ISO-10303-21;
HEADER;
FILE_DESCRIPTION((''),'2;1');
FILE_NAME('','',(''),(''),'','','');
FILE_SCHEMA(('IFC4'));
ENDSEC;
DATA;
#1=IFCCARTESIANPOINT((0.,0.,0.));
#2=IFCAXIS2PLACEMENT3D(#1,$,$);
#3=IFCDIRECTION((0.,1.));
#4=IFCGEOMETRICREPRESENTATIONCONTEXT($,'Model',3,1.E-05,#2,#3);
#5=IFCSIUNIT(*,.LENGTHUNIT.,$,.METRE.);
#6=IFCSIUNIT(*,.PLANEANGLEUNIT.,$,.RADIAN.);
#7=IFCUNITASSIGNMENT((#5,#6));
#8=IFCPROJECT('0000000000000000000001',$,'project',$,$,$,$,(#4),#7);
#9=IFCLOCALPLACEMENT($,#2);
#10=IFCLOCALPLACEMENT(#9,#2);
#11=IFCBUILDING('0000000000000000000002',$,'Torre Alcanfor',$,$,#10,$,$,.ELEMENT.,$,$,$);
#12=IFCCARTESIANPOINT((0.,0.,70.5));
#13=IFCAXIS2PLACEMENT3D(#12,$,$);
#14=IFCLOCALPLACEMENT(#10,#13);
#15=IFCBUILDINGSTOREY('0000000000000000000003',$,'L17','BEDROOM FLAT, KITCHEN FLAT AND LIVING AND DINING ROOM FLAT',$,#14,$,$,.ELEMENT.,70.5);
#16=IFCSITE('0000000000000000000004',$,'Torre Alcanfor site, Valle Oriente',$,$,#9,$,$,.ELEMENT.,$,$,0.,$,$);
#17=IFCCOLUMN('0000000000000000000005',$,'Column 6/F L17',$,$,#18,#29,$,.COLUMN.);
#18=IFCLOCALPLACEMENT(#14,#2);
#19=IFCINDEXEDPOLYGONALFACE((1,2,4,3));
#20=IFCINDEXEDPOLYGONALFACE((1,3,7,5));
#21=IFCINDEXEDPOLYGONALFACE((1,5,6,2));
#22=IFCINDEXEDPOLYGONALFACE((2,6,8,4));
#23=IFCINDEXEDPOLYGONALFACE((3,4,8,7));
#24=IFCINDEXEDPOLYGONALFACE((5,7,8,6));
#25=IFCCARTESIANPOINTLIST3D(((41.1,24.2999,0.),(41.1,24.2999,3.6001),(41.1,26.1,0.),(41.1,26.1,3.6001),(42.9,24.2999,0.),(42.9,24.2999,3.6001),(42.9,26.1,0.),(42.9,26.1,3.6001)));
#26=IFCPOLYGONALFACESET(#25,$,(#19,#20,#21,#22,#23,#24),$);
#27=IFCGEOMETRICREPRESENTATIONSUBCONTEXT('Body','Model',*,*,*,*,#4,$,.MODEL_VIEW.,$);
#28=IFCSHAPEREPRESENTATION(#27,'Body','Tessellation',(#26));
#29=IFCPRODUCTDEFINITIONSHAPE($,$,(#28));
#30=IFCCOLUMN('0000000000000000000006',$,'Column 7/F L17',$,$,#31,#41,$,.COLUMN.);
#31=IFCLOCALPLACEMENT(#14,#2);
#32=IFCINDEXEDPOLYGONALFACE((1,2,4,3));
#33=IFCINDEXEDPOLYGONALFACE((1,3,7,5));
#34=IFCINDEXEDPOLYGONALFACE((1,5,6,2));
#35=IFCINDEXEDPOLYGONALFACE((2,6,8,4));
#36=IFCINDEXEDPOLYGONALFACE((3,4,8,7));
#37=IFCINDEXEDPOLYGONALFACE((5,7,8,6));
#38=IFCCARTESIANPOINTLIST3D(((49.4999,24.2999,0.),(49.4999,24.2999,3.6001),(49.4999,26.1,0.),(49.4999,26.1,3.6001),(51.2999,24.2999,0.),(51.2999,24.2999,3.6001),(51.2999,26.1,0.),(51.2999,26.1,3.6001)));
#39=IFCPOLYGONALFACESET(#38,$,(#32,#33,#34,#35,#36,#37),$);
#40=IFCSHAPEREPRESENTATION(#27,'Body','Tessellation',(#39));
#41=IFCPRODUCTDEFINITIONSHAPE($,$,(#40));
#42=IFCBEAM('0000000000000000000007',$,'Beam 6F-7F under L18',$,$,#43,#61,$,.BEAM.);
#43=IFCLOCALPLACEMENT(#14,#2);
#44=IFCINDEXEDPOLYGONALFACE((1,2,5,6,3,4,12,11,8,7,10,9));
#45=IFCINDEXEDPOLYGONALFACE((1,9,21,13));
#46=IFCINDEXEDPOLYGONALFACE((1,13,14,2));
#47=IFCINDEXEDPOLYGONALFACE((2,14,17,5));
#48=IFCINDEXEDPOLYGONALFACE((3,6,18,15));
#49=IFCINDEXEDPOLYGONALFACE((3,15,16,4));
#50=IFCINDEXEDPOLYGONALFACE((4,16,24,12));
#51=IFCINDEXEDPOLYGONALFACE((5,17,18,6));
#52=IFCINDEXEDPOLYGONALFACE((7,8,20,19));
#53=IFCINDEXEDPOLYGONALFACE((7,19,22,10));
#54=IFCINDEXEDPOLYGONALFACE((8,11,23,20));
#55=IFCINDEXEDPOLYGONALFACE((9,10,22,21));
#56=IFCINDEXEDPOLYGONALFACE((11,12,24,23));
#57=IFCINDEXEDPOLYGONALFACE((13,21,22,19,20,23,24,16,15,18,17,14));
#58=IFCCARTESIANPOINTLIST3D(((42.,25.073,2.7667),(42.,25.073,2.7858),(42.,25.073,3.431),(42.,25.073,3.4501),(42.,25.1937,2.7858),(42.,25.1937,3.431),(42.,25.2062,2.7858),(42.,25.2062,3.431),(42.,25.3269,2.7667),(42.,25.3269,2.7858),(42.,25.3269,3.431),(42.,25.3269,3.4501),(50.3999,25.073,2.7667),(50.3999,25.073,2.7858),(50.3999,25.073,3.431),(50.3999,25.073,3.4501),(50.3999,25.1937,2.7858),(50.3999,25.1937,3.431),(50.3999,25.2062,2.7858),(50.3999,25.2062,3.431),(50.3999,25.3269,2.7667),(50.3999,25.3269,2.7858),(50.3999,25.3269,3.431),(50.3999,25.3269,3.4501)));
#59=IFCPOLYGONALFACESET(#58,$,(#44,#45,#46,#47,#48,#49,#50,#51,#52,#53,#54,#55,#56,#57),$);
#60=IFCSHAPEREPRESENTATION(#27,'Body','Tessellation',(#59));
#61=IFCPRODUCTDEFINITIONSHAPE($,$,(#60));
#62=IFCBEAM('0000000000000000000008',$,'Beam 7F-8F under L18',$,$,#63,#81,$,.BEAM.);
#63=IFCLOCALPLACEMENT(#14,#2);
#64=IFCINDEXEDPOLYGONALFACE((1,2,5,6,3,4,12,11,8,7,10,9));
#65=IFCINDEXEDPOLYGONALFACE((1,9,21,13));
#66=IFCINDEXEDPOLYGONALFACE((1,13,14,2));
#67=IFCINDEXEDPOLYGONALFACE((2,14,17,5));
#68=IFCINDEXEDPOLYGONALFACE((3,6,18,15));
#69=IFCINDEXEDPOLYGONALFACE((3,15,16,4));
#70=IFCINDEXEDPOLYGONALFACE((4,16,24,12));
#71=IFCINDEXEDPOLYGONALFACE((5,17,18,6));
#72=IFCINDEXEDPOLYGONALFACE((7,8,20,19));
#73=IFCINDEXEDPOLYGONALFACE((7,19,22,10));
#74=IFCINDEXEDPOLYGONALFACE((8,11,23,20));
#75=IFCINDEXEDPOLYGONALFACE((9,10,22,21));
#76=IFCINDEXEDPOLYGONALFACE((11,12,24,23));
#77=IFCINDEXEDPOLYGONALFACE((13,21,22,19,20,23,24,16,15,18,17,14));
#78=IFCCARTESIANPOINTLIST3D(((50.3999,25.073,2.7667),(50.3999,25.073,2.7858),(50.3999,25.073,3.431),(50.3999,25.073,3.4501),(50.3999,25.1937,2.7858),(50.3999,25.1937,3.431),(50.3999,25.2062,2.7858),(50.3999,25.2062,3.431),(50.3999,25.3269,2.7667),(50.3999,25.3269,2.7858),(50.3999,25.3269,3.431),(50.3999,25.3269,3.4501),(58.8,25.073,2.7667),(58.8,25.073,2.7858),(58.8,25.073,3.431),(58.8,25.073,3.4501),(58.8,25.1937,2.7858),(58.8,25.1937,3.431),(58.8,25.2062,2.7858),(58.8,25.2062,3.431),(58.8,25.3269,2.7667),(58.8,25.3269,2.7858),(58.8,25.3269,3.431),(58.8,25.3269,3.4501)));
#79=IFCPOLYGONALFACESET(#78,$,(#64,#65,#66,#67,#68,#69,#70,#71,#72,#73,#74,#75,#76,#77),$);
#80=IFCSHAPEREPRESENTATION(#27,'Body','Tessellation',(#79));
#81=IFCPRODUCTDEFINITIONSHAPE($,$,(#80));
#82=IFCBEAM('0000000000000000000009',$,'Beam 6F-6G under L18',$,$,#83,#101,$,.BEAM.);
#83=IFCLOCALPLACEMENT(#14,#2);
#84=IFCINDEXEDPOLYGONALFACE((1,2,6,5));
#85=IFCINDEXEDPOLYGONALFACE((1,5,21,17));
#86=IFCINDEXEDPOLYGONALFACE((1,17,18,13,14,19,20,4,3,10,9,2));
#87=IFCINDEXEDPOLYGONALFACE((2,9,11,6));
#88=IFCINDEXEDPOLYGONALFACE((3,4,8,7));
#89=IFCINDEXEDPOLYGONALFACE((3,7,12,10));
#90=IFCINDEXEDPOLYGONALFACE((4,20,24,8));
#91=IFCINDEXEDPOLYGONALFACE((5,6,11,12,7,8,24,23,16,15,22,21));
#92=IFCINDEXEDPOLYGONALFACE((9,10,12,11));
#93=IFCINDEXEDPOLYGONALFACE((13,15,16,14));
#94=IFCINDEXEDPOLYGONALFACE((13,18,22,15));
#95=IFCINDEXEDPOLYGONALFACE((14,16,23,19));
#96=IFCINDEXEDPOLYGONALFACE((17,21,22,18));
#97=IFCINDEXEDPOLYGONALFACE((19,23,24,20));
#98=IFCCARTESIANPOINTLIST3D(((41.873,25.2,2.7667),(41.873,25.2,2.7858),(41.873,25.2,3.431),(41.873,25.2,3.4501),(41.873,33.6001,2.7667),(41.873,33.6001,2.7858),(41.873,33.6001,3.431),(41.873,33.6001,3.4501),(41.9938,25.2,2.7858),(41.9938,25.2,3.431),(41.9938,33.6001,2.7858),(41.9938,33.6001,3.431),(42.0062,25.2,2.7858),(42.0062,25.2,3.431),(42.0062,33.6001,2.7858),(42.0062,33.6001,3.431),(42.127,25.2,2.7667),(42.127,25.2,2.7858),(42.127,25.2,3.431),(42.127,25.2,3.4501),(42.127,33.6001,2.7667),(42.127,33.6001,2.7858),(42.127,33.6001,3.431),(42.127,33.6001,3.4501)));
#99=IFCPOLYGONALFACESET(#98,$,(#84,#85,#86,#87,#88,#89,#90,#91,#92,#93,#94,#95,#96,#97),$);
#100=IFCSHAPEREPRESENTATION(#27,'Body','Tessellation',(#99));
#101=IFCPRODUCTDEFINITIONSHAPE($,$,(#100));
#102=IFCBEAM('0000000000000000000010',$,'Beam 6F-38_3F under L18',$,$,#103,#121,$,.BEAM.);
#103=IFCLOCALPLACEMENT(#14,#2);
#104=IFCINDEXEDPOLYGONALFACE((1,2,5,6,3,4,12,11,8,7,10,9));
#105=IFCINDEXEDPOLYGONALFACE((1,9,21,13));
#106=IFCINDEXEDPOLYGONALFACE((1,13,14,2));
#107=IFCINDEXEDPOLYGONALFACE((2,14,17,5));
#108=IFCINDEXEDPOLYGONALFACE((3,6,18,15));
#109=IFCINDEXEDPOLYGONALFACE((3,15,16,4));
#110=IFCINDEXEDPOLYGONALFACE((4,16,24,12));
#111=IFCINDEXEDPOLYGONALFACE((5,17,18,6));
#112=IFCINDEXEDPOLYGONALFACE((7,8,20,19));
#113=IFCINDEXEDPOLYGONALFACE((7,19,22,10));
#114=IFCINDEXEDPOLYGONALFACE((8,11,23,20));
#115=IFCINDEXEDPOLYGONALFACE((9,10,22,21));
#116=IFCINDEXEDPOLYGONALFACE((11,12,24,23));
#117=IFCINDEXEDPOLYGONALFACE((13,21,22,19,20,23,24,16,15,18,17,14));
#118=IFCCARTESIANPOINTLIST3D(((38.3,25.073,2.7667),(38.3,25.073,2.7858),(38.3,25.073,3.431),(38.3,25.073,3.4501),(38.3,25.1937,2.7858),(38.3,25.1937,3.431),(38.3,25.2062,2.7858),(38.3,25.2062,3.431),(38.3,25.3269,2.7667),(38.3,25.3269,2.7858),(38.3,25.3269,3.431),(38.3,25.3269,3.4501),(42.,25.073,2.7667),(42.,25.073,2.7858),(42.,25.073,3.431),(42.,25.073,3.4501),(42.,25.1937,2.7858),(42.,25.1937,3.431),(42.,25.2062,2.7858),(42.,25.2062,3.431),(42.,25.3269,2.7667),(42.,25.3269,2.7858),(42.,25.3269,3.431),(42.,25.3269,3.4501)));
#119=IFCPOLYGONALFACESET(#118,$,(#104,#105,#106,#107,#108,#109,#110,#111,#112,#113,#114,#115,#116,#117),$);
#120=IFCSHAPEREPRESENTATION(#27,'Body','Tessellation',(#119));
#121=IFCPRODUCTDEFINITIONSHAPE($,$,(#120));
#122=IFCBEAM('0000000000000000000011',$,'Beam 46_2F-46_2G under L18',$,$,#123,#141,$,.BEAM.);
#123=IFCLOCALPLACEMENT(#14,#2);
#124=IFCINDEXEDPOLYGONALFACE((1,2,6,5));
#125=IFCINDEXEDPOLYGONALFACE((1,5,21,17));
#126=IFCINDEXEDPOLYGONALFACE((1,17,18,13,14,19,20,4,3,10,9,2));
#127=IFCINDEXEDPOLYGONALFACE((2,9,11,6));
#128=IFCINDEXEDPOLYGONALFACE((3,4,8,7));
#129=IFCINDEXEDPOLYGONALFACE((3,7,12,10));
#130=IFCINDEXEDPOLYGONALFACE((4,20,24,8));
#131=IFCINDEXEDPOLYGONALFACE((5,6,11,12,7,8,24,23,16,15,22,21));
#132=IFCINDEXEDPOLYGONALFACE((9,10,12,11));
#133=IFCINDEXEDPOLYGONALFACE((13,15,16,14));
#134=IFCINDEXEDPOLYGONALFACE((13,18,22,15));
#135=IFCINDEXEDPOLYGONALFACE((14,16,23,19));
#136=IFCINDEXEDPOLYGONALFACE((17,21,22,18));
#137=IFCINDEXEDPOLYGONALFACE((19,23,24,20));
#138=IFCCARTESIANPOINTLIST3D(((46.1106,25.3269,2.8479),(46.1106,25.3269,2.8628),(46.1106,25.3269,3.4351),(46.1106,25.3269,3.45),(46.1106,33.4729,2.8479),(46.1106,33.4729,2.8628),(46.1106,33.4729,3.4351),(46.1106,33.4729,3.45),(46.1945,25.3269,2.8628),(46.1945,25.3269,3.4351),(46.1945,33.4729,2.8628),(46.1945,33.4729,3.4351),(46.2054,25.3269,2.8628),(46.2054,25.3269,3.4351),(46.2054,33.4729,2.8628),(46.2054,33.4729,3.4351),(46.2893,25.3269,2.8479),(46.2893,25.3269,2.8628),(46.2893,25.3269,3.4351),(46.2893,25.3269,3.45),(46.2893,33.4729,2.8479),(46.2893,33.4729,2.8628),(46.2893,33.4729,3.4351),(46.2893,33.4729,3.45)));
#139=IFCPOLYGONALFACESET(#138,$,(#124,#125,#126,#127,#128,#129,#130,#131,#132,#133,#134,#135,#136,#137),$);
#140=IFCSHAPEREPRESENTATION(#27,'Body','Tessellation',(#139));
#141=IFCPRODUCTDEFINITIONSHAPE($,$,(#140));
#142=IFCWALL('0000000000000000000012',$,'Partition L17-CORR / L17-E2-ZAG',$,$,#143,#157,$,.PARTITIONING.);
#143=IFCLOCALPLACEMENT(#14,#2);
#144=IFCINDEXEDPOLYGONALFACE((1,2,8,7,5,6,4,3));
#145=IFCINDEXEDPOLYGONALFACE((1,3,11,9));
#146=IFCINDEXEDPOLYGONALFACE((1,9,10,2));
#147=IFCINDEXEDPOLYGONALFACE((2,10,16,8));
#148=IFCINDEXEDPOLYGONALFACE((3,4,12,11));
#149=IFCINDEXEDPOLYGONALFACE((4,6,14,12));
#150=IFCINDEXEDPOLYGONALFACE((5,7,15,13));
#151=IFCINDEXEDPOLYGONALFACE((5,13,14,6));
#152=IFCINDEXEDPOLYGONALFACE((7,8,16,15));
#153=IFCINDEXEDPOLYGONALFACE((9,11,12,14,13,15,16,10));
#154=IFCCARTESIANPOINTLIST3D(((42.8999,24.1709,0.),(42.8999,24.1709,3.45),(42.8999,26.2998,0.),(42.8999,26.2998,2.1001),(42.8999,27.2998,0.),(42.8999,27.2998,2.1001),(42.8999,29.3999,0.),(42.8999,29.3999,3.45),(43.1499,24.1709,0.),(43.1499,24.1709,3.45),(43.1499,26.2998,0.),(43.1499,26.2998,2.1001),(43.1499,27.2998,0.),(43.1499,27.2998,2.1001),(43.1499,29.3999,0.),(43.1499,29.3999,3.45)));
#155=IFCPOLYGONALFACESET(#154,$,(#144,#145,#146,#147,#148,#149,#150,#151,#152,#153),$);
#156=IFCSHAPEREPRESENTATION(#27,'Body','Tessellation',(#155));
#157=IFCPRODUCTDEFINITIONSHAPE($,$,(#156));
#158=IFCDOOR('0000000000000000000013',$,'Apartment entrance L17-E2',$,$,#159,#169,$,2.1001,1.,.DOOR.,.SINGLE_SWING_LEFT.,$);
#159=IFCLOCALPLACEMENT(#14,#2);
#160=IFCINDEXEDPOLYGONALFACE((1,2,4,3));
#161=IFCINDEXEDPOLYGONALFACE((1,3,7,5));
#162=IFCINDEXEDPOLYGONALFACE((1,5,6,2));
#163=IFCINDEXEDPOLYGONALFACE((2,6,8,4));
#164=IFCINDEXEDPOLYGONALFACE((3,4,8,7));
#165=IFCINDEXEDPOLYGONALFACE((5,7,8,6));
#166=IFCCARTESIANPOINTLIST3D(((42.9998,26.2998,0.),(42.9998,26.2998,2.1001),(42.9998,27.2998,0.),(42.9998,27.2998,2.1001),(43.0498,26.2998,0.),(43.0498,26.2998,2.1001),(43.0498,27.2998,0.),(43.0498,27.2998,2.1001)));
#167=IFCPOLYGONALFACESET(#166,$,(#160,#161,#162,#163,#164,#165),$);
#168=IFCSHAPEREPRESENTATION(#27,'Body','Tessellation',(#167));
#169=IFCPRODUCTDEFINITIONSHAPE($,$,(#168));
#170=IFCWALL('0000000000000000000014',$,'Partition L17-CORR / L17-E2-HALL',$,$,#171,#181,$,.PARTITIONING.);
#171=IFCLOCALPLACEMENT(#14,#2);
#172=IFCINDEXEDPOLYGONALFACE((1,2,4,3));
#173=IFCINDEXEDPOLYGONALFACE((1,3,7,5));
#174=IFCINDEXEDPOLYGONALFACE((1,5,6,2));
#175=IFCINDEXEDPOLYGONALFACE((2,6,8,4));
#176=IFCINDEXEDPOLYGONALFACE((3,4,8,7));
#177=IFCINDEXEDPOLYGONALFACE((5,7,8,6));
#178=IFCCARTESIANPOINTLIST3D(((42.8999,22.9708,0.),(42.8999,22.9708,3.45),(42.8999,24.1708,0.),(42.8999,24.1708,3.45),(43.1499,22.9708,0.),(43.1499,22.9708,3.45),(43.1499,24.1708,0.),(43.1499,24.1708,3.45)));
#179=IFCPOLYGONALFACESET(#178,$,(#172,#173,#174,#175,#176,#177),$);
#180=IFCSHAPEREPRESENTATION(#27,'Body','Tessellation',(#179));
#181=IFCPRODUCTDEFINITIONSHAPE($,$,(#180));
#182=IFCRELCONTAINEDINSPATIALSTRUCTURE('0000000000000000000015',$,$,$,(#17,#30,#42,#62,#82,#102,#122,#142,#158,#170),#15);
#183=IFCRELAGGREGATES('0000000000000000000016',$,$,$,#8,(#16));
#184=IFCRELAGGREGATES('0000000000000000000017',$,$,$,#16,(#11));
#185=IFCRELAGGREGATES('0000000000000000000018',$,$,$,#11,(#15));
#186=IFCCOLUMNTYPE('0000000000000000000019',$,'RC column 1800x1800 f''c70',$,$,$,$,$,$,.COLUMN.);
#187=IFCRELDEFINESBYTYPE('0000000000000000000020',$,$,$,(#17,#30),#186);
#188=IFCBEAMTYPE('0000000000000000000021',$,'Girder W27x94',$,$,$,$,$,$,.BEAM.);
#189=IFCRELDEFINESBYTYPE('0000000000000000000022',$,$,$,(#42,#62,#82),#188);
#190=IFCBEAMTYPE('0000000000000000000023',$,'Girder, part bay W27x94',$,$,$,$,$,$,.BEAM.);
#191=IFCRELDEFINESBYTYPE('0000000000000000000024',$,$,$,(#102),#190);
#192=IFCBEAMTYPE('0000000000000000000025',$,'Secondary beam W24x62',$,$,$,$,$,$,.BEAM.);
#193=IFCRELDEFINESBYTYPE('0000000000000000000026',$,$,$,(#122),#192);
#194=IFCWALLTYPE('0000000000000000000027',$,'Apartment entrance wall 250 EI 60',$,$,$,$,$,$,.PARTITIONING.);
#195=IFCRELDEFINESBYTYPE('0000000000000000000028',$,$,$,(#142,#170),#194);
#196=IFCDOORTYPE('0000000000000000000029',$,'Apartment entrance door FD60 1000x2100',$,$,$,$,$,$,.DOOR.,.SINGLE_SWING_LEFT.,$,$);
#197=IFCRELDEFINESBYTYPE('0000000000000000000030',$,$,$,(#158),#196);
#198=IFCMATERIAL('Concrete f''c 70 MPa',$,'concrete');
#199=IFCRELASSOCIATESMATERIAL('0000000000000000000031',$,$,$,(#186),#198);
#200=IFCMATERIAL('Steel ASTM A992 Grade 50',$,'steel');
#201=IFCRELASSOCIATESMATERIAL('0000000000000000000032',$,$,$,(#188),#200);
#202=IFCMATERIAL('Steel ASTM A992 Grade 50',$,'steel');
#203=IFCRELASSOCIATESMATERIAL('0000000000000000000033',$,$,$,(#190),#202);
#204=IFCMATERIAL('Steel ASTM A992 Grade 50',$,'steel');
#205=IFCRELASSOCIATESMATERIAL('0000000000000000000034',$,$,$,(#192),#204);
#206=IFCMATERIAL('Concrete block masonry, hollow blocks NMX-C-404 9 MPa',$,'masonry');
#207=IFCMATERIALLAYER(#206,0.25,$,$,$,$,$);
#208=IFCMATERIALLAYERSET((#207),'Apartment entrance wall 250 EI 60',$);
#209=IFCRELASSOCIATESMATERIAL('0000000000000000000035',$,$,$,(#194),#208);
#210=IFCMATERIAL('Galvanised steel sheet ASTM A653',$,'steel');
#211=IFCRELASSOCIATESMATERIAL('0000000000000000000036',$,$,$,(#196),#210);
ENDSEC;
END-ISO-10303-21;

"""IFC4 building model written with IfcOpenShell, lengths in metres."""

from ifc_helpers import new_model, si_unit, direction, frame, frame_2d, origin, origin_2d, place, context, subcontext, project, spatial, rectangle, i_section, extrude, material, layer, layer_set, material_profile, profile_set, type_object, element, fill, save


model = new_model("IFC4")

# Units and contexts
model_context = context("Model", 3, precision=1e-05, world=origin(), true_north=direction((0.0, 1.0)))
body_context = subcontext(model_context, "Body", "Model", "MODEL_VIEW")
ifc_project = project(units=[si_unit("LENGTHUNIT", "METRE"), si_unit("PLANEANGLEUNIT", "RADIAN")], contexts=[model_context])

# Site, building, storey
site_placement = place(None, origin())
site = spatial("IfcSite", under=ifc_project, at=site_placement, Name="Torre Alcanfor site, Valle Oriente", CompositionType="ELEMENT", RefElevation=0.0)
building_placement = place(site_placement, origin())
building = spatial("IfcBuilding", under=site, at=building_placement, Name="Torre Alcanfor", CompositionType="ELEMENT")
storey_placement = place(building_placement, frame((0.0, 0.0, 70.5)))
storey = spatial("IfcBuildingStorey", under=building, at=storey_placement, Name="L17", Description="BEDROOM FLAT, KITCHEN FLAT AND LIVING AND DINING ROOM FLAT", CompositionType="ELEMENT", Elevation=70.5)

# Columns
ifc_material_1 = material(Name="Concrete f'c 70 MPa", Category="concrete")
ifc_material_profile_1 = material_profile(ifc_material_1, rectangle(XDim=1.8, YDim=1.8, at=origin_2d()), Name="1800x1800")
ifc_profile_set_1 = profile_set([ifc_material_profile_1], Name="Concrete f'c 70 MPa")
column_type = type_object("IfcColumnType", Name="RC column 1800x1800 f'c70", PredefinedType="COLUMN", material=ifc_profile_set_1)
for number, where, z_axis, x_axis, name in (
    (1, (42.0, 25.2, 0.0), (0.0, 0.0, 1.0), (1.0, 0.0, 0.0), "Column 6/F L17"),
    (2, (50.3999, 25.2, 0.0), (0.0, 0.0, 1.0), (1.0, 0.0, 0.0), "Column 7/F L17"),
):
    element("IfcColumn", number, at=place(storey_placement, frame(where, z_axis=z_axis, x_axis=x_axis)), inside=storey, type_object=column_type, Name=name, PredefinedType="COLUMN", context=body_context, shape_type="SweptSolid", body=[
        extrude(rectangle(XDim=1.8, YDim=1.8, at=origin_2d()), origin(), (0.0, 0.0, 1.0), 3.6001),
    ])

# Beams
ifc_material_2 = material(Name="Steel ASTM A992 Grade 50", Category="steel")
ifc_material_profile_2 = material_profile(ifc_material_2, i_section(OverallWidth=0.2539, OverallDepth=0.6833, WebThickness=0.0125, FlangeThickness=0.019, at=origin_2d()), Name="W27x94")
ifc_profile_set_2 = profile_set([ifc_material_profile_2], Name="Steel ASTM A992 Grade 50")
beam_type_1 = type_object("IfcBeamType", Name="Girder W27x94", PredefinedType="BEAM", material=ifc_profile_set_2)
beam_1_placement = place(storey_placement, frame((42.0, 25.2, 3.1084), z_axis=(1.0, 0.0, 0.0), x_axis=(0.0, 1.0, 0.0)))
element("IfcBeam", 3, at=beam_1_placement, inside=storey, type_object=beam_type_1, Name="Beam 6F-7F under L18", PredefinedType="BEAM", context=body_context, shape_type="SweptSolid", body=[
    extrude(i_section(OverallWidth=0.2539, OverallDepth=0.6833, WebThickness=0.0125, FlangeThickness=0.019, at=origin_2d()), origin(), (0.0, 0.0, 1.0), 8.3999),
])
for number, where, z_axis, x_axis, name in (
    (4, (50.3999, 25.2, 3.1084), (1.0, 0.0, 0.0), (0.0, 1.0, 0.0), "Beam 7F-8F under L18"),
    (5, (42.0, 25.2, 3.1084), (0.0, 1.0, 0.0), (-1.0, 0.0, 0.0), "Beam 6F-6G under L18"),
):
    element("IfcBeam", number, at=place(storey_placement, frame(where, z_axis=z_axis, x_axis=x_axis)), inside=storey, type_object=beam_type_1, Name=name, PredefinedType="BEAM", context=body_context, shape_type="SweptSolid", body=[
        extrude(i_section(OverallWidth=0.2539, OverallDepth=0.6833, WebThickness=0.0125, FlangeThickness=0.019, at=origin_2d()), origin(), (0.0, 0.0, 1.0), 8.4001),
    ])
ifc_material_3 = material(Name="Steel ASTM A992 Grade 50", Category="steel")
ifc_material_profile_3 = material_profile(ifc_material_3, i_section(OverallWidth=0.2539, OverallDepth=0.6833, WebThickness=0.0125, FlangeThickness=0.019, at=origin_2d()), Name="W27x94")
ifc_profile_set_3 = profile_set([ifc_material_profile_3], Name="Steel ASTM A992 Grade 50")
beam_type_2 = type_object("IfcBeamType", Name="Girder, part bay W27x94", PredefinedType="BEAM", material=ifc_profile_set_3)
beam_2_placement = place(storey_placement, frame((42.0, 25.2, 3.1084), z_axis=(-1.0, 0.0, 0.0), x_axis=(0.0, -1.0, 0.0)))
element("IfcBeam", 6, at=beam_2_placement, inside=storey, type_object=beam_type_2, Name="Beam 6F-38_3F under L18", PredefinedType="BEAM", context=body_context, shape_type="SweptSolid", body=[
    extrude(i_section(OverallWidth=0.2539, OverallDepth=0.6833, WebThickness=0.0125, FlangeThickness=0.019, at=origin_2d()), origin(), (0.0, 0.0, 1.0), 3.7),
])
ifc_material_4 = material(Name="Steel ASTM A992 Grade 50", Category="steel")
ifc_material_profile_4 = material_profile(ifc_material_4, i_section(OverallWidth=0.1787, OverallDepth=0.6021, WebThickness=0.011, FlangeThickness=0.0149, at=origin_2d()), Name="W24x62")
ifc_profile_set_4 = profile_set([ifc_material_profile_4], Name="Steel ASTM A992 Grade 50")
beam_type_3 = type_object("IfcBeamType", Name="Secondary beam W24x62", PredefinedType="BEAM", material=ifc_profile_set_4)
beam_3_placement = place(storey_placement, frame((46.2, 25.3269, 3.1489), z_axis=(0.0, 1.0, 0.0), x_axis=(-1.0, 0.0, 0.0)))
element("IfcBeam", 7, at=beam_3_placement, inside=storey, type_object=beam_type_3, Name="Beam 46_2F-46_2G under L18", PredefinedType="BEAM", context=body_context, shape_type="SweptSolid", body=[
    extrude(i_section(OverallWidth=0.1787, OverallDepth=0.6021, WebThickness=0.011, FlangeThickness=0.0149, at=origin_2d()), origin(), (0.0, 0.0, 1.0), 8.146),
])

# Wall, opening, door
ifc_material_5 = material(Name="Concrete block masonry, hollow blocks NMX-C-404 9 MPa", Category="masonry")
ifc_layer_1 = layer(ifc_material_5, 0.25)
ifc_layer_set_1 = layer_set([ifc_layer_1], Name="Apartment entrance wall 250 EI 60")
wall_type_1 = type_object("IfcWallType", Name="Apartment entrance wall 250 EI 60", PredefinedType="PARTITIONING", material=ifc_layer_set_1)
wall_1_placement = place(storey_placement, frame((43.0249, 29.3999, 0.0), z_axis=(0.0, 0.0, 1.0), x_axis=(0.0, -1.0, 0.0)))
wall_1 = element("IfcWall", 8, at=wall_1_placement, inside=storey, type_object=wall_type_1, Name="Partition L17-CORR / L17-E2-ZAG", PredefinedType="PARTITIONING", context=body_context, shape_type="SweptSolid", body=[
    extrude(rectangle(XDim=5.229, YDim=0.25, at=frame_2d((2.6145, 0.0))), origin(), (0.0, 0.0, 1.0), 3.45),
])
opening_1_placement = place(wall_1_placement, frame((2.1001, 0.0, 0.0)))
opening_1 = element("IfcOpeningElement", 9, at=opening_1_placement, cuts=wall_1, PredefinedType="OPENING", context=body_context, shape_type="SweptSolid", body=[
    extrude(rectangle(XDim=1.0, YDim=2.1001, at=frame_2d((0.5, 1.05))), frame((0.0, 0.135, 0.0), z_axis=(0.0, -1.0, 0.0), x_axis=(1.0, 0.0, 0.0)), (0.0, 0.0, 1.0), 0.27),
])
ifc_material_6 = material(Name="Galvanised steel sheet ASTM A653", Category="steel")
door_type_1 = type_object("IfcDoorType", Name="Apartment entrance door FD60 1000x2100", OperationType="SINGLE_SWING_LEFT", PredefinedType="DOOR", material=ifc_material_6)
door_1_placement = place(opening_1_placement, origin())
door_1 = element("IfcDoor", 10, at=door_1_placement, inside=storey, type_object=door_type_1, Name="Apartment entrance L17-E2", OperationType="SINGLE_SWING_LEFT", OverallHeight=2.1001, OverallWidth=1.0, PredefinedType="DOOR", context=body_context, shape_type="SweptSolid", body=[
    extrude(rectangle(XDim=1.0, YDim=2.1001, at=frame_2d((0.5, 1.05))), frame((0.0, 0.0249, 0.0), z_axis=(0.0, -1.0, 0.0), x_axis=(1.0, 0.0, 0.0)), (0.0, 0.0, 1.0), 0.05),
])
fill(opening_1, door_1)

# Wall
wall_2_placement = place(storey_placement, frame((43.0249, 24.1709, 0.0), z_axis=(0.0, 0.0, 1.0), x_axis=(0.0, -1.0, 0.0)))
element("IfcWall", 11, at=wall_2_placement, inside=storey, type_object=wall_type_1, Name="Partition L17-CORR / L17-E2-HALL", PredefinedType="PARTITIONING", context=body_context, shape_type="SweptSolid", body=[
    extrude(rectangle(XDim=1.2, YDim=0.25, at=frame_2d((0.6001, 0.0))), origin(), (0.0, 0.0, 1.0), 3.45),
])

save(model, "model.ifc")
